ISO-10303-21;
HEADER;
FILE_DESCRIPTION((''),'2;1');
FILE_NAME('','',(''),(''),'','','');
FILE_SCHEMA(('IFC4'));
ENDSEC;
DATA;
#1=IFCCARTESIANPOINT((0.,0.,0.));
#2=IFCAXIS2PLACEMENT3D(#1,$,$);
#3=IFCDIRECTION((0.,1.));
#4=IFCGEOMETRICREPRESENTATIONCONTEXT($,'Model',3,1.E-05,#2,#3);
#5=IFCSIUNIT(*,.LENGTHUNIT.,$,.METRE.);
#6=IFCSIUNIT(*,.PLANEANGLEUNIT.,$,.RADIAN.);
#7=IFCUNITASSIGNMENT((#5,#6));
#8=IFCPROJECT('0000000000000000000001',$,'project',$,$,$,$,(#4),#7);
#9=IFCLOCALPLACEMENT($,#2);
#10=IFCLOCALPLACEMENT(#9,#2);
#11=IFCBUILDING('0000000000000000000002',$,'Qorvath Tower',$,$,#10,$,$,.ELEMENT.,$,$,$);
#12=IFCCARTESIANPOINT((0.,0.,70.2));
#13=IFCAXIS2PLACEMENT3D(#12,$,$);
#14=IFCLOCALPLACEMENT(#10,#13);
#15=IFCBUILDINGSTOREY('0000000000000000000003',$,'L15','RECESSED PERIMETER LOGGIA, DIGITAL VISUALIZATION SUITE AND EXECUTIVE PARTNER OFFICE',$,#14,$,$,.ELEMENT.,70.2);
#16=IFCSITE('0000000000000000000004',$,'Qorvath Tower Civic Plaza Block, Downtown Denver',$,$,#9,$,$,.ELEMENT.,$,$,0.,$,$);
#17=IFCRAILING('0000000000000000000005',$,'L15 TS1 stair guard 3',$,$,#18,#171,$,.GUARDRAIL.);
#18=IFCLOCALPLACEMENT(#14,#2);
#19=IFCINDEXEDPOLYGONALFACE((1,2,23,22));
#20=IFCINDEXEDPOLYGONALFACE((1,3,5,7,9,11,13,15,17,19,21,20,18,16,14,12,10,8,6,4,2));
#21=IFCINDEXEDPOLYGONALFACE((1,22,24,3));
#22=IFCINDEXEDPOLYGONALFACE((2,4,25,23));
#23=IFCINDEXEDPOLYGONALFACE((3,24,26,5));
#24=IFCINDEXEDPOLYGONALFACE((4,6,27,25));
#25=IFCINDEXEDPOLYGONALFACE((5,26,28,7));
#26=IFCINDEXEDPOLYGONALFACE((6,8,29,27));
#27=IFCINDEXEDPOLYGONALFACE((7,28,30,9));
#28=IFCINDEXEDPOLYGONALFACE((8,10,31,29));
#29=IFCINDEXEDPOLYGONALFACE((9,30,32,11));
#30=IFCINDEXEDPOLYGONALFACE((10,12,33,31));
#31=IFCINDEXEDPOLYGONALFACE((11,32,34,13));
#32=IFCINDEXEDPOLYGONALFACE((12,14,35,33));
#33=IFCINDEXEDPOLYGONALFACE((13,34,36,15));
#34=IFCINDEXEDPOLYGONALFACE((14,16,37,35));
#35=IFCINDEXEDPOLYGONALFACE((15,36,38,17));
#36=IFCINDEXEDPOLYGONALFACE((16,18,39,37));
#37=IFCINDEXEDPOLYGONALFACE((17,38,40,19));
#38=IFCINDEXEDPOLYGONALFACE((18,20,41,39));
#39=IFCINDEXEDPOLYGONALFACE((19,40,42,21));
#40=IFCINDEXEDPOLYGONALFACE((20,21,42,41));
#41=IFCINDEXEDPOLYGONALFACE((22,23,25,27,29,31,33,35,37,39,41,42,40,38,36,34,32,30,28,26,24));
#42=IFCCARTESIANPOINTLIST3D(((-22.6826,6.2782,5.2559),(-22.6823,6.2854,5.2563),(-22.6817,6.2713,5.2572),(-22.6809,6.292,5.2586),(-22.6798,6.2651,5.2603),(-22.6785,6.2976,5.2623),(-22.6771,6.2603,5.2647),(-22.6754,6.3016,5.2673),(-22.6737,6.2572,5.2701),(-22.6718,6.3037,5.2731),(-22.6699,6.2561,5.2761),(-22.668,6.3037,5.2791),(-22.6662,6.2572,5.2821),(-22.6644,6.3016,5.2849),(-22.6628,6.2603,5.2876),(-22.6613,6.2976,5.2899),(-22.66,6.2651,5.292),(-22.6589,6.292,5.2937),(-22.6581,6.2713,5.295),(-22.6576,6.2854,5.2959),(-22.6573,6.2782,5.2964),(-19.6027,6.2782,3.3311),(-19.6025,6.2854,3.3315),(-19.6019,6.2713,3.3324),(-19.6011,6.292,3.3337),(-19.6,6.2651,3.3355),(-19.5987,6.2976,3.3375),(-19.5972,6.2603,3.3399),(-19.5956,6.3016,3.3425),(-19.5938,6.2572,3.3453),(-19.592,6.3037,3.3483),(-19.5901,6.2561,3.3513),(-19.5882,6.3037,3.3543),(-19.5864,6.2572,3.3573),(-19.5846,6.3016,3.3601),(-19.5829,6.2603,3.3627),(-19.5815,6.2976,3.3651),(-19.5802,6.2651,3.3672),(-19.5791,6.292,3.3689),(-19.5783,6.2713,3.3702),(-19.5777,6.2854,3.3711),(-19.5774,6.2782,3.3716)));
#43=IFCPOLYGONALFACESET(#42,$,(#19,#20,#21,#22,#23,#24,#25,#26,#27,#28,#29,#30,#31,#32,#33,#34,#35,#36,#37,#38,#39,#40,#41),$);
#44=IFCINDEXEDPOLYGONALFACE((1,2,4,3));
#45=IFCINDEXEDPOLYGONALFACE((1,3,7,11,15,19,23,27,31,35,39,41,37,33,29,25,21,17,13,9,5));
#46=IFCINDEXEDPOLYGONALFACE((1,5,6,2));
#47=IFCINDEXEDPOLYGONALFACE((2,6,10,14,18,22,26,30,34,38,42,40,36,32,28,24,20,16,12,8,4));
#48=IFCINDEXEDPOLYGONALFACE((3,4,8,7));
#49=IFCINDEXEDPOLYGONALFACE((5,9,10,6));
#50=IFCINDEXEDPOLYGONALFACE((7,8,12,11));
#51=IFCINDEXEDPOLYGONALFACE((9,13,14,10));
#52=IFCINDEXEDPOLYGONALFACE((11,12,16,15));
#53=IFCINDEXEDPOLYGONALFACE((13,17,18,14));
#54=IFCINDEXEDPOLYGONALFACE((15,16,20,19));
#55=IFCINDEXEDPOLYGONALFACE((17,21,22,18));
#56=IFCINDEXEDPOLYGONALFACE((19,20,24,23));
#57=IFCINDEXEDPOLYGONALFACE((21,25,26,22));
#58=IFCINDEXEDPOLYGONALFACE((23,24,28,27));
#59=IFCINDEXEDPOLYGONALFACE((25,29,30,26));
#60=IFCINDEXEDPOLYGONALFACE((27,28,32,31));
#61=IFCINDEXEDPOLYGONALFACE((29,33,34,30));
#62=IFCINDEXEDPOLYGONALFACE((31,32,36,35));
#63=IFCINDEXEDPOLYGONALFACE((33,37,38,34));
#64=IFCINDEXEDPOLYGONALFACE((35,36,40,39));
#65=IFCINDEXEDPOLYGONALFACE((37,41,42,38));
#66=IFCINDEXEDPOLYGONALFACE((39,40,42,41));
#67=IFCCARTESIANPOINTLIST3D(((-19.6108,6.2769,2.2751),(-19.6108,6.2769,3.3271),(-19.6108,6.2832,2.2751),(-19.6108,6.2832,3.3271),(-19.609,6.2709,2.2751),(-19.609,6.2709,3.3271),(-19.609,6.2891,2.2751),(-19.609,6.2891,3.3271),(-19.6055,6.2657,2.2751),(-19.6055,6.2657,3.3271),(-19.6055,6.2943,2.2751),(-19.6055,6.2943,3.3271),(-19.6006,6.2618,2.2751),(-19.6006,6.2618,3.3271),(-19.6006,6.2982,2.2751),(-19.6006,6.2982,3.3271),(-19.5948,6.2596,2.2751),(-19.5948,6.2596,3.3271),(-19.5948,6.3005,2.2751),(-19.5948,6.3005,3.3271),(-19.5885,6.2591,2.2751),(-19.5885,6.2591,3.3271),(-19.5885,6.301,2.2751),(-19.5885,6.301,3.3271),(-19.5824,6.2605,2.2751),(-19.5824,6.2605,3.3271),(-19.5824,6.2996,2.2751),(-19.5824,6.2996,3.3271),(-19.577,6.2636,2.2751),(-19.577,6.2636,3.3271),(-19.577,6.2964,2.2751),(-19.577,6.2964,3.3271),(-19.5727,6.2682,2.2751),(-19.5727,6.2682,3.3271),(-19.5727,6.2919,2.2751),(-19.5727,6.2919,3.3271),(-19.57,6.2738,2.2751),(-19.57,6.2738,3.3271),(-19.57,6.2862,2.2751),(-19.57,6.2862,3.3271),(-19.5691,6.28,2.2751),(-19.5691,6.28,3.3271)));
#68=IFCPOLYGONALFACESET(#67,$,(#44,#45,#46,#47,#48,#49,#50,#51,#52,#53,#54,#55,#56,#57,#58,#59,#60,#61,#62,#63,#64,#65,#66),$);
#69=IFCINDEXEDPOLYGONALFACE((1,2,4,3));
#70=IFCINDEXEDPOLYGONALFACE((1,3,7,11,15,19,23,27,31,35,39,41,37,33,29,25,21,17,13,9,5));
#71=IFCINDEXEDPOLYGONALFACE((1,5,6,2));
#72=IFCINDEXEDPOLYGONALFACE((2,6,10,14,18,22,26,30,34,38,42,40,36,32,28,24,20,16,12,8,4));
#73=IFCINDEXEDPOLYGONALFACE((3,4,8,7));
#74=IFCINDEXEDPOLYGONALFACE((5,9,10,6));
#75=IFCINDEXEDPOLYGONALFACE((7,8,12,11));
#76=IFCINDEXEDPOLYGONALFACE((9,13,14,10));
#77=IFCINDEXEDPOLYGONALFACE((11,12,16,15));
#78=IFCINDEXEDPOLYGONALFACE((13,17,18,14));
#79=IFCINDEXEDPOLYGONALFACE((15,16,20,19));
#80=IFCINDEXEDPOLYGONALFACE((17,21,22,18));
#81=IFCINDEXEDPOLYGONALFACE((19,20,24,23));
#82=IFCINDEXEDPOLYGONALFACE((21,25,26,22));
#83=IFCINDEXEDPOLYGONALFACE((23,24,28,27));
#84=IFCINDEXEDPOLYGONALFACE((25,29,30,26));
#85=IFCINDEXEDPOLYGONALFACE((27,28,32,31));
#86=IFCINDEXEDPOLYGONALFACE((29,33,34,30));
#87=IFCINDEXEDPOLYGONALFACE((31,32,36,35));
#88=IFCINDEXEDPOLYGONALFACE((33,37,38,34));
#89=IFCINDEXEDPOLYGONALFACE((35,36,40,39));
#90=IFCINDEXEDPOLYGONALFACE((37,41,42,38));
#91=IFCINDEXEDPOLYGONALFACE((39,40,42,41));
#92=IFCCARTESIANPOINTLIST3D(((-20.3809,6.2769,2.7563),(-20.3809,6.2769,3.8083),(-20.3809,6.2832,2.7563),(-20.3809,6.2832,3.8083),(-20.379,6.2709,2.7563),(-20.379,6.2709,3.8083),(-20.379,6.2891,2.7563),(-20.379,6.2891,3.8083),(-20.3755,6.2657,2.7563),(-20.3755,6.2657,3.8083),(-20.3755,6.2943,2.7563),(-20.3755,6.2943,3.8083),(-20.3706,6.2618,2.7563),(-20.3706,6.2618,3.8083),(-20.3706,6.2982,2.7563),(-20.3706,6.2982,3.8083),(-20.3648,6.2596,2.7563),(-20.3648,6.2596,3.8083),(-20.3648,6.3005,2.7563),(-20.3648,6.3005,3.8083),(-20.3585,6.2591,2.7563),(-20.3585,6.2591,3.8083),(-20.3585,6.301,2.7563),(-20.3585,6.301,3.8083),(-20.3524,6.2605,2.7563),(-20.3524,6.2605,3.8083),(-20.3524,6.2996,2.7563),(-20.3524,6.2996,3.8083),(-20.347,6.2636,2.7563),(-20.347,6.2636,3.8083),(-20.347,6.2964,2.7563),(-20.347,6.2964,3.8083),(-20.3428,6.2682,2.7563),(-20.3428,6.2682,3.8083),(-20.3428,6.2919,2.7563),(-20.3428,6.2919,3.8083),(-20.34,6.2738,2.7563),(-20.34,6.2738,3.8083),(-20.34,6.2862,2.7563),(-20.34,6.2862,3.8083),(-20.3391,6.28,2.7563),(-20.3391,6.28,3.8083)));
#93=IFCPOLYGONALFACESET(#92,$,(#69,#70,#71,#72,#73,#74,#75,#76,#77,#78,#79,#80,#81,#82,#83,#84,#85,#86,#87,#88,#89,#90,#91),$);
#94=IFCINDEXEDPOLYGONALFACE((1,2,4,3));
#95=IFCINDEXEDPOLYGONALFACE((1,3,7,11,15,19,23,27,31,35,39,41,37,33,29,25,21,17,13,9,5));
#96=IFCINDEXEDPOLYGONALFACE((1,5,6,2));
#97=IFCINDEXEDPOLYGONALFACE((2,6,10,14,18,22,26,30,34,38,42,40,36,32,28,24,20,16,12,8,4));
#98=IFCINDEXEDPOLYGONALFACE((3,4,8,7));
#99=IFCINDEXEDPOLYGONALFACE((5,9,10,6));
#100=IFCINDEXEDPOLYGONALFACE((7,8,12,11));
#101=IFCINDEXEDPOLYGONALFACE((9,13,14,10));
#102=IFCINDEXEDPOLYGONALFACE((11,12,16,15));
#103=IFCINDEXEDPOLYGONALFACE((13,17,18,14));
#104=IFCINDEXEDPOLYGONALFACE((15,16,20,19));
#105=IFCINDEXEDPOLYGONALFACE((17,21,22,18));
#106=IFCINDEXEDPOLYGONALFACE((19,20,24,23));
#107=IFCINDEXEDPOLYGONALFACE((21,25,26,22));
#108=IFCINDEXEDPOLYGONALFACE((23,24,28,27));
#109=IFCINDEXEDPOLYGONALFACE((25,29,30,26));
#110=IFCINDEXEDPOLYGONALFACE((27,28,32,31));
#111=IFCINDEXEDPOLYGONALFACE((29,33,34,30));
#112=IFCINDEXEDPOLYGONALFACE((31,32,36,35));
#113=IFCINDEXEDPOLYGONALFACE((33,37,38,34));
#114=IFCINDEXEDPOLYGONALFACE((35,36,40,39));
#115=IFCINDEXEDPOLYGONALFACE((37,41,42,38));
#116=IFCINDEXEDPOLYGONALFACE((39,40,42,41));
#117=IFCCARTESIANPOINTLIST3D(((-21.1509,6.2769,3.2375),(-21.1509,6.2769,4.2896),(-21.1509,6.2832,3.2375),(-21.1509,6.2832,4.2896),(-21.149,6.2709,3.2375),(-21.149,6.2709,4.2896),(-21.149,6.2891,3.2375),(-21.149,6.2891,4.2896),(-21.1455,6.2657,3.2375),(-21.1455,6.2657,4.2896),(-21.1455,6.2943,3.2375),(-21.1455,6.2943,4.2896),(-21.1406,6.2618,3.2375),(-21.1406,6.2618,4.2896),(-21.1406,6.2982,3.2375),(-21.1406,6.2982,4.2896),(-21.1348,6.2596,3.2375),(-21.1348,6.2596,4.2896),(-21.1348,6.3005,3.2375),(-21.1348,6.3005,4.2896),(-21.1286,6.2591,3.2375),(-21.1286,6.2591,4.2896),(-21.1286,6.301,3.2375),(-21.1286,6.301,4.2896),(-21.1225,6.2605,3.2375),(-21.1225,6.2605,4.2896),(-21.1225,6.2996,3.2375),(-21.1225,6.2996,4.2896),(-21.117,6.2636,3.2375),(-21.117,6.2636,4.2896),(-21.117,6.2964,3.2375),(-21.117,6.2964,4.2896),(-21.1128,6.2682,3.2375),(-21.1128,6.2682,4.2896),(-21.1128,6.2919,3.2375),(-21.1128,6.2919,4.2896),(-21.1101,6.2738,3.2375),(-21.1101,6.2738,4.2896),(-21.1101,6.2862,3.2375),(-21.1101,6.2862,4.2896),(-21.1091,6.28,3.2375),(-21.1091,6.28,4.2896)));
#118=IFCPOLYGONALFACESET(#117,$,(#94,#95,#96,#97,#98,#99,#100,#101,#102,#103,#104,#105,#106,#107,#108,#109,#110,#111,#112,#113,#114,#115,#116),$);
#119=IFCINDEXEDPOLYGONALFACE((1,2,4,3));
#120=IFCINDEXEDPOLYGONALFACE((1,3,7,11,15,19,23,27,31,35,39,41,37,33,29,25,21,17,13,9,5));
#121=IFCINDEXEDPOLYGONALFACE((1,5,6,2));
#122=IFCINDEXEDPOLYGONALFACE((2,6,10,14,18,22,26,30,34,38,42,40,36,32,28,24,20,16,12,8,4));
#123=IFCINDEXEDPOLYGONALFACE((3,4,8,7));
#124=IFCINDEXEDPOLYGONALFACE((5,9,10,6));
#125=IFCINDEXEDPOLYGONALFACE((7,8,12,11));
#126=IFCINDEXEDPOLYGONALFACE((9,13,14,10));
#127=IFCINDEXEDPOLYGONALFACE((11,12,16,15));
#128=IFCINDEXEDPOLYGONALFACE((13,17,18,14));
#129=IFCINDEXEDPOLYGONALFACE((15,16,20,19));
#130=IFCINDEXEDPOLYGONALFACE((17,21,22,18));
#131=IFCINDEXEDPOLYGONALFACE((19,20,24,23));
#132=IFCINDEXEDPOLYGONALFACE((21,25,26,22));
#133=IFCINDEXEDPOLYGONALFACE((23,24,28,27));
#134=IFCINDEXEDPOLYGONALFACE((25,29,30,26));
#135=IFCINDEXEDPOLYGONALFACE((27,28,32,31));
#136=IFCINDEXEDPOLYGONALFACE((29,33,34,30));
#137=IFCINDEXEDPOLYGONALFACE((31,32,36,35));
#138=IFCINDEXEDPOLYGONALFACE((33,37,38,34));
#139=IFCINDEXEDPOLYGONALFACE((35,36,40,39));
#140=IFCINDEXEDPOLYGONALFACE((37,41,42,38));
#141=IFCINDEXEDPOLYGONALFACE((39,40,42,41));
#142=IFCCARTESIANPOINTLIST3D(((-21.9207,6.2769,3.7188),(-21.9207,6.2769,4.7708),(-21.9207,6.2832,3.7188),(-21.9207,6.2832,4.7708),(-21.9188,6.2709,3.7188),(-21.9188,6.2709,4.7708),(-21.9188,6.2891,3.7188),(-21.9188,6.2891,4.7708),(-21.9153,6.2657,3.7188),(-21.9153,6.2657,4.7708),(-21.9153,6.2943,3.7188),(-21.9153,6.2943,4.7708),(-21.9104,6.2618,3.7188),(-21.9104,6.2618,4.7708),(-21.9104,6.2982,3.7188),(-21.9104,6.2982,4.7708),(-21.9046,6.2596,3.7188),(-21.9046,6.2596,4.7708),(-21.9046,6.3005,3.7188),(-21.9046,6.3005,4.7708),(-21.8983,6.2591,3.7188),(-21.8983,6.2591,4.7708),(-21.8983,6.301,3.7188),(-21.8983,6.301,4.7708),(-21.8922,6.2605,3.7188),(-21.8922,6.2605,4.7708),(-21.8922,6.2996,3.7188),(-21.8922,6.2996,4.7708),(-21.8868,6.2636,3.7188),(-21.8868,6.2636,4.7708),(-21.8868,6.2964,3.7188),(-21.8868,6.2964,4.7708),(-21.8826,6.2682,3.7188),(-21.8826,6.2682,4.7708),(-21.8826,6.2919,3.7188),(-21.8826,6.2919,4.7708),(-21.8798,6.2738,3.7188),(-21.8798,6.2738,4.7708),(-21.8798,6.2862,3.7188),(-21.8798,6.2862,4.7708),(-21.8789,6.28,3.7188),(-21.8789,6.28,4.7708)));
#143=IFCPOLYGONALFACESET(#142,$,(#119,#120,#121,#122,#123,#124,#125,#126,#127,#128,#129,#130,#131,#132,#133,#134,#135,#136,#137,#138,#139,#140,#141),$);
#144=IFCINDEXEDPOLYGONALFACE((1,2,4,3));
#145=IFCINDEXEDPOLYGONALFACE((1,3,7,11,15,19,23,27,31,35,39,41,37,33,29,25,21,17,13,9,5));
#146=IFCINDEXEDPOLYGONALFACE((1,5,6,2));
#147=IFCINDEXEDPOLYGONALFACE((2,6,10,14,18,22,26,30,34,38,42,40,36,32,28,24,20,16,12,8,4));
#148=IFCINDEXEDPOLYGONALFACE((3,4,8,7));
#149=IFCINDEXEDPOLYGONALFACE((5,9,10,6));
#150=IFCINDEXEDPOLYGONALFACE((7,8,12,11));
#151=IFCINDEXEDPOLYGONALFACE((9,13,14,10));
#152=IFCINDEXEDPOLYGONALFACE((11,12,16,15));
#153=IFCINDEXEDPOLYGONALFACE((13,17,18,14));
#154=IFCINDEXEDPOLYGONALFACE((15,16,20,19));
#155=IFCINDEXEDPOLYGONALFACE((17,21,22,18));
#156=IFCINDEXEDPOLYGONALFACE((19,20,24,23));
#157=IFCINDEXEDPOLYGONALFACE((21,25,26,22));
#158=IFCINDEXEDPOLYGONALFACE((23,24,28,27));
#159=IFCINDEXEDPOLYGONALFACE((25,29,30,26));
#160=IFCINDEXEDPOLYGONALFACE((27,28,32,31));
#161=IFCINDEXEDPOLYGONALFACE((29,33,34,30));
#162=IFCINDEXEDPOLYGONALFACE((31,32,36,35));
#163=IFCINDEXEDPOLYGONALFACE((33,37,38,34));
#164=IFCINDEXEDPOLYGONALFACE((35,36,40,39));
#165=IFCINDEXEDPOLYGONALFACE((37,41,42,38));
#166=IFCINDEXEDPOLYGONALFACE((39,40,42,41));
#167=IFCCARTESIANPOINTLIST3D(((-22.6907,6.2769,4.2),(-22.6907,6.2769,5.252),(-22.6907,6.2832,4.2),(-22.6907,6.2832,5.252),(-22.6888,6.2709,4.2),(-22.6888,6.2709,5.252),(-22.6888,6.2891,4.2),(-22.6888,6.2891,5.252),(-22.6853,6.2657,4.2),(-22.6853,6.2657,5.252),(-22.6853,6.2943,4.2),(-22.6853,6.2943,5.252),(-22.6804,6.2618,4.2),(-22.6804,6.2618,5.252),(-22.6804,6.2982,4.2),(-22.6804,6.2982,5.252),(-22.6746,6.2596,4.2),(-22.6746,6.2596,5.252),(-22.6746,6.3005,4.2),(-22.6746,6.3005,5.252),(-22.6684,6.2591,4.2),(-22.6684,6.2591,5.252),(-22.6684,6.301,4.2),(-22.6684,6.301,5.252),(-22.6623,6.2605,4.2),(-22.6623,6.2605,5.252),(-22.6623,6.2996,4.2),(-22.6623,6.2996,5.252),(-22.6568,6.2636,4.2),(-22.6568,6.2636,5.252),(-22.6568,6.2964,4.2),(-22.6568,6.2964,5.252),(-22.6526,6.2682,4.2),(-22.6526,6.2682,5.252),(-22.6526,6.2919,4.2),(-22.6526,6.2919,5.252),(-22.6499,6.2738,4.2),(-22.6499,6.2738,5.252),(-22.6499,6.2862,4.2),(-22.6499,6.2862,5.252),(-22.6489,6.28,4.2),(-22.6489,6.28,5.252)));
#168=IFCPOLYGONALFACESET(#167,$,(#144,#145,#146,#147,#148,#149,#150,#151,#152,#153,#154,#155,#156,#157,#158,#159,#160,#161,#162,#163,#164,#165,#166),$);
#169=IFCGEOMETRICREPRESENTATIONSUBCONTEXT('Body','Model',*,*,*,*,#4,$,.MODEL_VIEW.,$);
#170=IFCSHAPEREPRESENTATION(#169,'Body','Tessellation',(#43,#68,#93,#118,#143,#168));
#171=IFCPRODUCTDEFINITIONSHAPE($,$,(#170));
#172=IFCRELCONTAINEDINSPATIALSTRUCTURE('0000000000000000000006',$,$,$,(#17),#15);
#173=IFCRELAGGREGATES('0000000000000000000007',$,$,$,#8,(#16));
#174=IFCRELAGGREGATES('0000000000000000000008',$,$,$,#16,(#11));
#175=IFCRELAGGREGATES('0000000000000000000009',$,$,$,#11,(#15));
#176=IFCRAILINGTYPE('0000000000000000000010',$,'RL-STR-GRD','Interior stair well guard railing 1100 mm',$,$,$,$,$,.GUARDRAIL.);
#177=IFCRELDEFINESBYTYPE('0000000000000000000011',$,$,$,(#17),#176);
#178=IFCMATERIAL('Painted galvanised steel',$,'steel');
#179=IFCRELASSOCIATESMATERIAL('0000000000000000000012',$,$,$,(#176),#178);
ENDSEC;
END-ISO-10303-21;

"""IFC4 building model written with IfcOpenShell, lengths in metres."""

from ifc_helpers import new_model, si_unit, direction, frame, origin, origin_2d, place, context, subcontext, project, spatial, circle, extrude, material, type_object, element, save


model = new_model("IFC4")

# Units and contexts
model_context = context("Model", 3, precision=1e-05, world=origin(), true_north=direction((0.0, 1.0)))
body_context = subcontext(model_context, "Body", "Model", "MODEL_VIEW")
ifc_project = project(units=[si_unit("LENGTHUNIT", "METRE"), si_unit("PLANEANGLEUNIT", "RADIAN")], contexts=[model_context])

# Site, building, storey
site_placement = place(None, origin())
site = spatial("IfcSite", under=ifc_project, at=site_placement, Name="Qorvath Tower Civic Plaza Block, Downtown Denver", CompositionType="ELEMENT", RefElevation=0.0)
building_placement = place(site_placement, origin())
building = spatial("IfcBuilding", under=site, at=building_placement, Name="Qorvath Tower", CompositionType="ELEMENT")
storey_placement = place(building_placement, frame((0.0, 0.0, 70.2)))
storey = spatial("IfcBuildingStorey", under=building, at=storey_placement, Name="L15", Description="RECESSED PERIMETER LOGGIA, DIGITAL VISUALIZATION SUITE AND EXECUTIVE PARTNER OFFICE", CompositionType="ELEMENT", Elevation=70.2)

# Railing
ifc_material_1 = material(Name="Painted galvanised steel", Category="steel")
railing_type_1 = type_object("IfcRailingType", Name="RL-STR-GRD", Description="Interior stair well guard railing 1100 mm", PredefinedType="GUARDRAIL", material=ifc_material_1)
railing_1_placement = place(storey_placement, frame((-19.5901, 6.28, 2.2751)))
element("IfcRailing", 1, at=railing_1_placement, inside=storey, type_object=railing_type_1, Name="L15 TS1 stair guard 3", PredefinedType="GUARDRAIL", context=body_context, shape_type="SweptSolid", body=[
    extrude(circle(Radius=0.0239, at=origin_2d()), frame((0.0, 0.0, 1.0762), z_axis=(-0.84801, 0.0, 0.529981), x_axis=(0.0, -1.0, 0.0)), (0.0, 0.0, 1.0), 3.6318),
    extrude(circle(Radius=0.021, at=origin_2d()), origin(), (0.0, 0.0, 1.0), 1.052),
    extrude(circle(Radius=0.021, at=origin_2d()), frame((-0.77, 0.0, 0.4812)), (0.0, 0.0, 1.0), 1.052),
    extrude(circle(Radius=0.021, at=origin_2d()), frame((-1.54, 0.0, 0.9624)), (0.0, 0.0, 1.0), 1.052),
    extrude(circle(Radius=0.021, at=origin_2d()), frame((-2.3098, 0.0, 1.4436)), (0.0, 0.0, 1.0), 1.052),
    extrude(circle(Radius=0.021, at=origin_2d()), frame((-3.0798, 0.0, 1.9248)), (0.0, 0.0, 1.0), 1.052),
])

save(model, "model.ifc")
